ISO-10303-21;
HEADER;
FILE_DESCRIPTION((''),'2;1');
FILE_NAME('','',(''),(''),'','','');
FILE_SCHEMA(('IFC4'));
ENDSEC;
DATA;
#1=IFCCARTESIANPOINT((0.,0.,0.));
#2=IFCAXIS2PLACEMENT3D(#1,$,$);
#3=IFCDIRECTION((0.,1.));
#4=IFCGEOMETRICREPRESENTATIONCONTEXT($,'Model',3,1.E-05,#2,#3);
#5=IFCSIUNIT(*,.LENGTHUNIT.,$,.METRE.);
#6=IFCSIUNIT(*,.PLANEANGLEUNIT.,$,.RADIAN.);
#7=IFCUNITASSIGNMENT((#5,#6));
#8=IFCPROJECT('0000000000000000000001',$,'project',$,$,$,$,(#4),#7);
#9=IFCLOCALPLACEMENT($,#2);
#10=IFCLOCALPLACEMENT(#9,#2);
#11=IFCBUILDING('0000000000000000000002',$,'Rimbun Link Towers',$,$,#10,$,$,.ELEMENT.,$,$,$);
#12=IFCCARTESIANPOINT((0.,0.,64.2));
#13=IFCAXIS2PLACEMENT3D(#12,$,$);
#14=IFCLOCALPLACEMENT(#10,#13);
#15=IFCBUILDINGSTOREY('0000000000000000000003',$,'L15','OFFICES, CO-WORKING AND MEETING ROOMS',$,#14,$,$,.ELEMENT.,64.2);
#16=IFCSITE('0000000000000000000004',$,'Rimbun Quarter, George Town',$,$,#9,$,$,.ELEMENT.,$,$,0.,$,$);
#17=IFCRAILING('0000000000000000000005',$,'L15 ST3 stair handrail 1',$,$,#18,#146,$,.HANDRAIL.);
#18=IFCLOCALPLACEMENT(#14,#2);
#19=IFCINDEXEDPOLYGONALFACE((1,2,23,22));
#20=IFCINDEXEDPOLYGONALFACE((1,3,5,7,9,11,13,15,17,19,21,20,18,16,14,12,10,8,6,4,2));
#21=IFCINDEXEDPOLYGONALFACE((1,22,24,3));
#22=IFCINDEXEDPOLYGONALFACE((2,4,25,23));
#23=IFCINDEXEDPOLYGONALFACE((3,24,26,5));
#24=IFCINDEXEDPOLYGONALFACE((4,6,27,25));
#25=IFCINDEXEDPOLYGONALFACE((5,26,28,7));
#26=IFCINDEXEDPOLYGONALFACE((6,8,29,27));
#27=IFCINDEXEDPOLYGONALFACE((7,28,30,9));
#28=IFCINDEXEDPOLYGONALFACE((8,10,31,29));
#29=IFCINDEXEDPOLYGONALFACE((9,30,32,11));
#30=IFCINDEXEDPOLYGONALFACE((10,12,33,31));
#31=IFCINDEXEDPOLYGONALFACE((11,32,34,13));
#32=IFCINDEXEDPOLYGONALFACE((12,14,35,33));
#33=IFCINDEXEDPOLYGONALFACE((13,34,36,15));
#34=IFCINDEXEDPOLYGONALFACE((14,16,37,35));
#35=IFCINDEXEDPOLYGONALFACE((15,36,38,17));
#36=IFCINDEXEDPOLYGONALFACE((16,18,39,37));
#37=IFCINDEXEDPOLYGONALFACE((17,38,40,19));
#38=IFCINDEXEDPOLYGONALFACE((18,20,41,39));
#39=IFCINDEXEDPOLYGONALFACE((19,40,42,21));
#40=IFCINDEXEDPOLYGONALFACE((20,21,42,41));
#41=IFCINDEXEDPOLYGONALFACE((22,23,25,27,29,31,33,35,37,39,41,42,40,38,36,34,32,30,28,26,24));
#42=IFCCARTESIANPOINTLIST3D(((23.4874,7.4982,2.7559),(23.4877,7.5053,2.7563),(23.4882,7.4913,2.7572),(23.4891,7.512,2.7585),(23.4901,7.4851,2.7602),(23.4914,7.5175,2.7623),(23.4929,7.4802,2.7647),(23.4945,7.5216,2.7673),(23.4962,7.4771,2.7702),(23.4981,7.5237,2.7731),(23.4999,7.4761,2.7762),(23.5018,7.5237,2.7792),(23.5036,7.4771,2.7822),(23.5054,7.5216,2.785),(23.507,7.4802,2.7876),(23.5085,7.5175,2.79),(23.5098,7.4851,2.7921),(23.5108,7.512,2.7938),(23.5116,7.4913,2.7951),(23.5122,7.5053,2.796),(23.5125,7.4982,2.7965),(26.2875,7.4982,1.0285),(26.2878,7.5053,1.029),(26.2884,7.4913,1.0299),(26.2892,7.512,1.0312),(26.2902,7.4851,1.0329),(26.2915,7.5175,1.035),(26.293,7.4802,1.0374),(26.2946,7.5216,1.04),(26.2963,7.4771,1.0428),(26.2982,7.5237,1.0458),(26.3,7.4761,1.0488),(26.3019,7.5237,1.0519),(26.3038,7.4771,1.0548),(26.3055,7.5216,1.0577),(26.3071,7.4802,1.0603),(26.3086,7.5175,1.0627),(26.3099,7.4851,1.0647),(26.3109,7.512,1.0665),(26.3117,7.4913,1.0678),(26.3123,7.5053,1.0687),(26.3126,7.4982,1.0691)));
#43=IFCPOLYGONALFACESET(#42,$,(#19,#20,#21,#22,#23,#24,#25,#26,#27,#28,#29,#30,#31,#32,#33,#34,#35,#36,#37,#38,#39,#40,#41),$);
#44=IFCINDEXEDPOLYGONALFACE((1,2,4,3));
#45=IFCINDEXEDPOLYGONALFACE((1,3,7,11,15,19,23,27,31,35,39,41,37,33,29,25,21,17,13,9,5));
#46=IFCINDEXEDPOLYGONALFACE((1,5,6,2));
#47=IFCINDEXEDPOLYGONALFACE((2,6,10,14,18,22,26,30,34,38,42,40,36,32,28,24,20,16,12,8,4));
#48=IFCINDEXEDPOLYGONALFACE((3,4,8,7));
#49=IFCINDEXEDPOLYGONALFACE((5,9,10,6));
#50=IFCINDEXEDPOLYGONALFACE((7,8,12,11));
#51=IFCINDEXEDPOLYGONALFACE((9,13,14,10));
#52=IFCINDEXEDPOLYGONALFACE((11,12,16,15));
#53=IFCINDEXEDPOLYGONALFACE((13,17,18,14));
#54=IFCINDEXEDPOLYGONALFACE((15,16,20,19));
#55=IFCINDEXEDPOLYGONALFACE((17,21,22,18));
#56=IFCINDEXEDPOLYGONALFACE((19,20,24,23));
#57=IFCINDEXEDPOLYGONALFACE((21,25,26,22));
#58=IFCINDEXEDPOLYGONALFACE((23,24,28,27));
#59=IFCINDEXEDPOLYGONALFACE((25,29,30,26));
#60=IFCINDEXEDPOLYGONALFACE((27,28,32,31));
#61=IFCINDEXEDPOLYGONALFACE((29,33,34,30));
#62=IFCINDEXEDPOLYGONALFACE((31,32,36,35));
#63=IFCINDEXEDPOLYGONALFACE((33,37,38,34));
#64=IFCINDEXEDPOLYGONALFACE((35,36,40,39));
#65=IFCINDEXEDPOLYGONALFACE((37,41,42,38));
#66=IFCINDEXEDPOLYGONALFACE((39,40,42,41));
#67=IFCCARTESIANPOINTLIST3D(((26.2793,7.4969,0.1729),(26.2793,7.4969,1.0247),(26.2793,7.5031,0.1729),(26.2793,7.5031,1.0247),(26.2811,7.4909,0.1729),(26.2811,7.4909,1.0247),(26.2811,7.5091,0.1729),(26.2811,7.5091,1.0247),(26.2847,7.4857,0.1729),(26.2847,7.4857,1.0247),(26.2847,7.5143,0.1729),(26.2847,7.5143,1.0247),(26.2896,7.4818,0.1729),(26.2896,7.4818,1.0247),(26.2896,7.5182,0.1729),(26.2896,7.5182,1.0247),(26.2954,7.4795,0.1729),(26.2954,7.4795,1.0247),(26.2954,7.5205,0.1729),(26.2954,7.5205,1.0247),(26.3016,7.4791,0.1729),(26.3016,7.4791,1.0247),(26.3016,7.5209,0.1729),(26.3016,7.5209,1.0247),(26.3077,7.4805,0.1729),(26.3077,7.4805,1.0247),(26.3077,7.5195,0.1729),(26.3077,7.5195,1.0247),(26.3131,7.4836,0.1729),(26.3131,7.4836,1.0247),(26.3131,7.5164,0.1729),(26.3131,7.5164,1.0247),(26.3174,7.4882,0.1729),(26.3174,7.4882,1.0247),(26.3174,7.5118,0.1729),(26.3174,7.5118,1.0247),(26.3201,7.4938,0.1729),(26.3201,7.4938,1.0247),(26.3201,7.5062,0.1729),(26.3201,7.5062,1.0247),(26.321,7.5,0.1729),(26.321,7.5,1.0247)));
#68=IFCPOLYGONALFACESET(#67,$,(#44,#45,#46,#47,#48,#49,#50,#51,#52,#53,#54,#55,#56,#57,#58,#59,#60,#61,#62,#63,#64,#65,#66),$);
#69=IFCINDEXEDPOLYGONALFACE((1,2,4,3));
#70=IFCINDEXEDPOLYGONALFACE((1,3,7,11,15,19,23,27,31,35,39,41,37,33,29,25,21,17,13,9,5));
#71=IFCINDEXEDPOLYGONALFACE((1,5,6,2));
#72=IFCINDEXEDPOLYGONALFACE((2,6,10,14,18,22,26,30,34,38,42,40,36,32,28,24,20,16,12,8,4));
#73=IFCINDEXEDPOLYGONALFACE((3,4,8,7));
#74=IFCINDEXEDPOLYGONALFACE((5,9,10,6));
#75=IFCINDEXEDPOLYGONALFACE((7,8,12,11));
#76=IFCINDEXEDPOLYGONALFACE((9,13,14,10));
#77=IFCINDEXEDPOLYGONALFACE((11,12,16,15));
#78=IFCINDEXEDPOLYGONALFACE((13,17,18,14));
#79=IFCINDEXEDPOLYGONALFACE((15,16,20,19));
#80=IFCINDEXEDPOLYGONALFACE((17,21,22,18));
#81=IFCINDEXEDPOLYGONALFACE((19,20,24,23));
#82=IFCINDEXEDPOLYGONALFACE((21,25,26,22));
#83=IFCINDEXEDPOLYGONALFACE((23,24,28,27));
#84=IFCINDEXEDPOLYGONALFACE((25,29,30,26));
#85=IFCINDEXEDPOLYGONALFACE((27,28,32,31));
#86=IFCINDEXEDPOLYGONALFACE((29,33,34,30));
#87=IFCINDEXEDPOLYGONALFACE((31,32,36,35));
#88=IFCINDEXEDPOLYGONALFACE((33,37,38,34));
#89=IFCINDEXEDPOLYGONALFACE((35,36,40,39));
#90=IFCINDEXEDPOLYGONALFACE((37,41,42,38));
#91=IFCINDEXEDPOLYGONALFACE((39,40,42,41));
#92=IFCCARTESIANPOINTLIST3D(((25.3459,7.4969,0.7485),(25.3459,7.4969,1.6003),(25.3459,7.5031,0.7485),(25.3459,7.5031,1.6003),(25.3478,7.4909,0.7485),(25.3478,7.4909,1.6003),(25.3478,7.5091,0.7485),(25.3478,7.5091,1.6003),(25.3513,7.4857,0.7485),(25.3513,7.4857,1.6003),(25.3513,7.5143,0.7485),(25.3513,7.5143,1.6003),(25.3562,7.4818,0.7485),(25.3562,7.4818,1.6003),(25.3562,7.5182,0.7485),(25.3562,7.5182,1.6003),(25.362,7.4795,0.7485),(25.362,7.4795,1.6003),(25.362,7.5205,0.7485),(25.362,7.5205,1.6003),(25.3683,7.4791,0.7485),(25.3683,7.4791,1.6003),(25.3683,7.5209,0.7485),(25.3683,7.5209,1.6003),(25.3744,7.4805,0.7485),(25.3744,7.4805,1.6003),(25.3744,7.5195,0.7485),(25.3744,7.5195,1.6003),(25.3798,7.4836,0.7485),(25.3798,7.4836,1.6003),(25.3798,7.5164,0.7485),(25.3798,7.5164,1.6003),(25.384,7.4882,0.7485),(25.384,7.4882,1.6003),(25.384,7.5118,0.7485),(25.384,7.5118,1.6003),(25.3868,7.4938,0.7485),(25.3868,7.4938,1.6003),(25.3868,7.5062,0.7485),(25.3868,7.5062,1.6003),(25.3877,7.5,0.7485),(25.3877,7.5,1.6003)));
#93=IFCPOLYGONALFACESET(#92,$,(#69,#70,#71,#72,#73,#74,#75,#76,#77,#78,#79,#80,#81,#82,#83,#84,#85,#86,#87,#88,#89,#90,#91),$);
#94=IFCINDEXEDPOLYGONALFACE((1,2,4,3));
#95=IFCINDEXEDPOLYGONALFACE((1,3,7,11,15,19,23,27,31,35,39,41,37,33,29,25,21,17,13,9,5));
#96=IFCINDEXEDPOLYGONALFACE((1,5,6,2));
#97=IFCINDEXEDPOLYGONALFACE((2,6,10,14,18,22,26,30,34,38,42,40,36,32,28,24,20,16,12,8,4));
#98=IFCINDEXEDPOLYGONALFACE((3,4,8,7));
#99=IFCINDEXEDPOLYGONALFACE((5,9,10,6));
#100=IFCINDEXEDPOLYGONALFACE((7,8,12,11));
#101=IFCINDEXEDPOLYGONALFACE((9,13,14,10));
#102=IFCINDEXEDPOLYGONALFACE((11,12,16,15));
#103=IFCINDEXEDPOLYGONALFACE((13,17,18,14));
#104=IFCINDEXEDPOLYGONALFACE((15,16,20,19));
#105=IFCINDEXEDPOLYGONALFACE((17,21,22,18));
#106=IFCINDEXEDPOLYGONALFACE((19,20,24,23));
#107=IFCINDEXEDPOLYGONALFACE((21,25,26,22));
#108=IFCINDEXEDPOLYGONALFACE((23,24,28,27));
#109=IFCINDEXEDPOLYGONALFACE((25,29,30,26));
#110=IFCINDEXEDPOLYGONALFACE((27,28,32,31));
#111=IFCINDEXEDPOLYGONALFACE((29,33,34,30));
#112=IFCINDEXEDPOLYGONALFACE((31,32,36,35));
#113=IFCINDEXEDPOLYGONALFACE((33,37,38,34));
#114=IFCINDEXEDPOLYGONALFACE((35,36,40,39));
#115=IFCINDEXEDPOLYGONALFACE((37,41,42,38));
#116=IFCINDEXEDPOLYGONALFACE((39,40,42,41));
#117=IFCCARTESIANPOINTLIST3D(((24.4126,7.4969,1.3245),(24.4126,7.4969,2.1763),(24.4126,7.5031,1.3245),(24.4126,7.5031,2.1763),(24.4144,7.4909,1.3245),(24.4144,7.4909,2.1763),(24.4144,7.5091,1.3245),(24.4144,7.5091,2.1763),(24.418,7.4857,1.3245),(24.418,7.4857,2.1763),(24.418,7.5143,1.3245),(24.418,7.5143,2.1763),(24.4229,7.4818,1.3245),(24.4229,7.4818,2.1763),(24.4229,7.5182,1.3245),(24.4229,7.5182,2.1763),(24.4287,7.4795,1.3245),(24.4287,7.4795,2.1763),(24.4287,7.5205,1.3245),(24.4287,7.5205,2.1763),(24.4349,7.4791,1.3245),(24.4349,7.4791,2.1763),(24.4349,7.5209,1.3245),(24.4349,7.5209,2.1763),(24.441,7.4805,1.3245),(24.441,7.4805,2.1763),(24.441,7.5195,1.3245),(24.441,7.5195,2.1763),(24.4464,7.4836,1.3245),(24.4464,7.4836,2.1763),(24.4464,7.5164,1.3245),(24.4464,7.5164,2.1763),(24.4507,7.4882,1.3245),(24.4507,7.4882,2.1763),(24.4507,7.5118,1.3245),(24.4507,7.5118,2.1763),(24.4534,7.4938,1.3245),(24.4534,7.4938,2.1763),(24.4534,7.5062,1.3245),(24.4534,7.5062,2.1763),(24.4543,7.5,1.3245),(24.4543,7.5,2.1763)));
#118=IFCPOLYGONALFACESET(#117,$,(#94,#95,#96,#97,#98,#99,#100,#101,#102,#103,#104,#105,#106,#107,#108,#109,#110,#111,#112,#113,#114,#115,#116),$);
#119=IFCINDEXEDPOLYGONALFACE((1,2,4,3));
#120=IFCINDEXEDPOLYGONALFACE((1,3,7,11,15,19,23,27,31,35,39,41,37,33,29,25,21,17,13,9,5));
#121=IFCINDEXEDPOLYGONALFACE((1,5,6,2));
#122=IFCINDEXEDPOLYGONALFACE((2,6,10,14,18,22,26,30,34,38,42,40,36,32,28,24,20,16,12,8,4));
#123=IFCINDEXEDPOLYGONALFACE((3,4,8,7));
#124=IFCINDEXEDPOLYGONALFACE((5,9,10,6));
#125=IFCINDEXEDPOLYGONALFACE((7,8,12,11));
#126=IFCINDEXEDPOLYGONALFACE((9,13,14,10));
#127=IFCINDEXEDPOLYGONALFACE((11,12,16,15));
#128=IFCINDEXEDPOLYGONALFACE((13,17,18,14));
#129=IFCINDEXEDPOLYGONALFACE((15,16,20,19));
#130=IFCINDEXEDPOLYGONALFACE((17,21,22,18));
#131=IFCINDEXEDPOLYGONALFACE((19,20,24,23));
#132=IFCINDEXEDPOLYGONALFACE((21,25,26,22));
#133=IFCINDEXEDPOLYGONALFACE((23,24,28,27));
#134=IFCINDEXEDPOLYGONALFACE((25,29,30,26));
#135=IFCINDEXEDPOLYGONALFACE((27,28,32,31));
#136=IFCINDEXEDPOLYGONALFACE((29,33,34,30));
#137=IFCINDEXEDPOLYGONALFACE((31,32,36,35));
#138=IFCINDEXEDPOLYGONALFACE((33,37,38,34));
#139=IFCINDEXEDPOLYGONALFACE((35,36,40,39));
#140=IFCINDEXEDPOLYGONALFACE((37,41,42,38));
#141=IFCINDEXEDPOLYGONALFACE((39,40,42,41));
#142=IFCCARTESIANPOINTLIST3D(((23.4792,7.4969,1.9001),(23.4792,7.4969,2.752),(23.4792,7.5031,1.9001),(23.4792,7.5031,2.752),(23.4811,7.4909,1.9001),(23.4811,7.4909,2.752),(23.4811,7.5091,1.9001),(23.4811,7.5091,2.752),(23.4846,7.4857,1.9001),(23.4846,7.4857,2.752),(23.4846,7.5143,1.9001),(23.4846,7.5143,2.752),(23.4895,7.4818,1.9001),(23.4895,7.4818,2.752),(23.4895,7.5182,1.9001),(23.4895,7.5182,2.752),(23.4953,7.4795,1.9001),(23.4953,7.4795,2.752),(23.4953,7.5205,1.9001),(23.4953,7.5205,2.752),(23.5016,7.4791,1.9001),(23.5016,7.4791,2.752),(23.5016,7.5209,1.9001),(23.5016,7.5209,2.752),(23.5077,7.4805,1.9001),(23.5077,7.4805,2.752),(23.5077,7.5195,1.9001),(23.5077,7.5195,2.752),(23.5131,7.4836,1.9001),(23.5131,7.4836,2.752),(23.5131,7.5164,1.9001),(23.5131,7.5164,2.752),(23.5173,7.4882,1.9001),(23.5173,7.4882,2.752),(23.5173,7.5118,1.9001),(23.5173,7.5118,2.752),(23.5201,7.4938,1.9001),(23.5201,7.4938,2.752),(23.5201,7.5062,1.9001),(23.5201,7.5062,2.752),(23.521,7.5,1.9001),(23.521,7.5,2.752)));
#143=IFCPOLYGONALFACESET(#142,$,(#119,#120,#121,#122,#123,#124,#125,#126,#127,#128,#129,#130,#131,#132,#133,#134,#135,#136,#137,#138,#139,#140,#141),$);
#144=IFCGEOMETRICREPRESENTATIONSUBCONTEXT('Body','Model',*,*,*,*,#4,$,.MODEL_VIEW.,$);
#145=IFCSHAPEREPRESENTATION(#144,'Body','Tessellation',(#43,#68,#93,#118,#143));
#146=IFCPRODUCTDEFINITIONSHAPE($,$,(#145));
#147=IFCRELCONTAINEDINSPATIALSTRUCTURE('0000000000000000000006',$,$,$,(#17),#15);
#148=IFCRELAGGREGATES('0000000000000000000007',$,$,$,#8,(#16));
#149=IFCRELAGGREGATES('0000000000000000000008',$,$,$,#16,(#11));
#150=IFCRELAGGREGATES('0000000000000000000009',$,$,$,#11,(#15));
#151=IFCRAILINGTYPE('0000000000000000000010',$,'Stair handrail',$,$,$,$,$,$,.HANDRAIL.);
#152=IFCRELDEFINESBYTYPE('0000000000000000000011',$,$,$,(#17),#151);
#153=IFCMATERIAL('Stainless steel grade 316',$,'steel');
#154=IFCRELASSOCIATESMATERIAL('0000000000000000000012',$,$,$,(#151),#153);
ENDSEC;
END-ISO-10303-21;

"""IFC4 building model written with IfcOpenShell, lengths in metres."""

from ifc_helpers import new_model, si_unit, direction, frame, origin, origin_2d, place, context, subcontext, project, spatial, circle, extrude, material, type_object, element, save


model = new_model("IFC4")

# Units and contexts
model_context = context("Model", 3, precision=1e-05, world=origin(), true_north=direction((0.0, 1.0)))
body_context = subcontext(model_context, "Body", "Model", "MODEL_VIEW")
ifc_project = project(units=[si_unit("LENGTHUNIT", "METRE"), si_unit("PLANEANGLEUNIT", "RADIAN")], contexts=[model_context])

# Site, building, storey
site_placement = place(None, origin())
site = spatial("IfcSite", under=ifc_project, at=site_placement, Name="Rimbun Quarter, George Town", CompositionType="ELEMENT", RefElevation=0.0)
building_placement = place(site_placement, origin())
building = spatial("IfcBuilding", under=site, at=building_placement, Name="Rimbun Link Towers", CompositionType="ELEMENT")
storey_placement = place(building_placement, frame((0.0, 0.0, 64.2)))
storey = spatial("IfcBuildingStorey", under=building, at=storey_placement, Name="L15", Description="OFFICES, CO-WORKING AND MEETING ROOMS", CompositionType="ELEMENT", Elevation=64.2)

# Railing
ifc_material_1 = material(Name="Stainless steel grade 316", Category="steel")
railing_type_1 = type_object("IfcRailingType", Name="Stair handrail", PredefinedType="HANDRAIL", material=ifc_material_1)
railing_1_placement = place(storey_placement, frame((26.3, 7.5, 0.1729)))
element("IfcRailing", 1, at=railing_1_placement, inside=storey, type_object=railing_type_1, Name="L15 ST3 stair handrail 1", PredefinedType="HANDRAIL", context=body_context, shape_type="SweptSolid", body=[
    extrude(circle(Radius=0.0239, at=origin_2d()), frame((0.0, 0.0, 0.876), z_axis=(-0.85109, 0.0, 0.52502), x_axis=(0.0, -1.0, 0.0)), (0.0, 0.0, 1.0), 3.29),
    extrude(circle(Radius=0.021, at=origin_2d()), origin(), (0.0, 0.0, 1.0), 0.8518),
    extrude(circle(Radius=0.021, at=origin_2d()), frame((-0.9333, 0.0, 0.5757)), (0.0, 0.0, 1.0), 0.8518),
    extrude(circle(Radius=0.021, at=origin_2d()), frame((-1.8667, 0.0, 1.1516)), (0.0, 0.0, 1.0), 0.8518),
    extrude(circle(Radius=0.021, at=origin_2d()), frame((-2.8, 0.0, 1.7273)), (0.0, 0.0, 1.0), 0.8518),
])

save(model, "model.ifc")
